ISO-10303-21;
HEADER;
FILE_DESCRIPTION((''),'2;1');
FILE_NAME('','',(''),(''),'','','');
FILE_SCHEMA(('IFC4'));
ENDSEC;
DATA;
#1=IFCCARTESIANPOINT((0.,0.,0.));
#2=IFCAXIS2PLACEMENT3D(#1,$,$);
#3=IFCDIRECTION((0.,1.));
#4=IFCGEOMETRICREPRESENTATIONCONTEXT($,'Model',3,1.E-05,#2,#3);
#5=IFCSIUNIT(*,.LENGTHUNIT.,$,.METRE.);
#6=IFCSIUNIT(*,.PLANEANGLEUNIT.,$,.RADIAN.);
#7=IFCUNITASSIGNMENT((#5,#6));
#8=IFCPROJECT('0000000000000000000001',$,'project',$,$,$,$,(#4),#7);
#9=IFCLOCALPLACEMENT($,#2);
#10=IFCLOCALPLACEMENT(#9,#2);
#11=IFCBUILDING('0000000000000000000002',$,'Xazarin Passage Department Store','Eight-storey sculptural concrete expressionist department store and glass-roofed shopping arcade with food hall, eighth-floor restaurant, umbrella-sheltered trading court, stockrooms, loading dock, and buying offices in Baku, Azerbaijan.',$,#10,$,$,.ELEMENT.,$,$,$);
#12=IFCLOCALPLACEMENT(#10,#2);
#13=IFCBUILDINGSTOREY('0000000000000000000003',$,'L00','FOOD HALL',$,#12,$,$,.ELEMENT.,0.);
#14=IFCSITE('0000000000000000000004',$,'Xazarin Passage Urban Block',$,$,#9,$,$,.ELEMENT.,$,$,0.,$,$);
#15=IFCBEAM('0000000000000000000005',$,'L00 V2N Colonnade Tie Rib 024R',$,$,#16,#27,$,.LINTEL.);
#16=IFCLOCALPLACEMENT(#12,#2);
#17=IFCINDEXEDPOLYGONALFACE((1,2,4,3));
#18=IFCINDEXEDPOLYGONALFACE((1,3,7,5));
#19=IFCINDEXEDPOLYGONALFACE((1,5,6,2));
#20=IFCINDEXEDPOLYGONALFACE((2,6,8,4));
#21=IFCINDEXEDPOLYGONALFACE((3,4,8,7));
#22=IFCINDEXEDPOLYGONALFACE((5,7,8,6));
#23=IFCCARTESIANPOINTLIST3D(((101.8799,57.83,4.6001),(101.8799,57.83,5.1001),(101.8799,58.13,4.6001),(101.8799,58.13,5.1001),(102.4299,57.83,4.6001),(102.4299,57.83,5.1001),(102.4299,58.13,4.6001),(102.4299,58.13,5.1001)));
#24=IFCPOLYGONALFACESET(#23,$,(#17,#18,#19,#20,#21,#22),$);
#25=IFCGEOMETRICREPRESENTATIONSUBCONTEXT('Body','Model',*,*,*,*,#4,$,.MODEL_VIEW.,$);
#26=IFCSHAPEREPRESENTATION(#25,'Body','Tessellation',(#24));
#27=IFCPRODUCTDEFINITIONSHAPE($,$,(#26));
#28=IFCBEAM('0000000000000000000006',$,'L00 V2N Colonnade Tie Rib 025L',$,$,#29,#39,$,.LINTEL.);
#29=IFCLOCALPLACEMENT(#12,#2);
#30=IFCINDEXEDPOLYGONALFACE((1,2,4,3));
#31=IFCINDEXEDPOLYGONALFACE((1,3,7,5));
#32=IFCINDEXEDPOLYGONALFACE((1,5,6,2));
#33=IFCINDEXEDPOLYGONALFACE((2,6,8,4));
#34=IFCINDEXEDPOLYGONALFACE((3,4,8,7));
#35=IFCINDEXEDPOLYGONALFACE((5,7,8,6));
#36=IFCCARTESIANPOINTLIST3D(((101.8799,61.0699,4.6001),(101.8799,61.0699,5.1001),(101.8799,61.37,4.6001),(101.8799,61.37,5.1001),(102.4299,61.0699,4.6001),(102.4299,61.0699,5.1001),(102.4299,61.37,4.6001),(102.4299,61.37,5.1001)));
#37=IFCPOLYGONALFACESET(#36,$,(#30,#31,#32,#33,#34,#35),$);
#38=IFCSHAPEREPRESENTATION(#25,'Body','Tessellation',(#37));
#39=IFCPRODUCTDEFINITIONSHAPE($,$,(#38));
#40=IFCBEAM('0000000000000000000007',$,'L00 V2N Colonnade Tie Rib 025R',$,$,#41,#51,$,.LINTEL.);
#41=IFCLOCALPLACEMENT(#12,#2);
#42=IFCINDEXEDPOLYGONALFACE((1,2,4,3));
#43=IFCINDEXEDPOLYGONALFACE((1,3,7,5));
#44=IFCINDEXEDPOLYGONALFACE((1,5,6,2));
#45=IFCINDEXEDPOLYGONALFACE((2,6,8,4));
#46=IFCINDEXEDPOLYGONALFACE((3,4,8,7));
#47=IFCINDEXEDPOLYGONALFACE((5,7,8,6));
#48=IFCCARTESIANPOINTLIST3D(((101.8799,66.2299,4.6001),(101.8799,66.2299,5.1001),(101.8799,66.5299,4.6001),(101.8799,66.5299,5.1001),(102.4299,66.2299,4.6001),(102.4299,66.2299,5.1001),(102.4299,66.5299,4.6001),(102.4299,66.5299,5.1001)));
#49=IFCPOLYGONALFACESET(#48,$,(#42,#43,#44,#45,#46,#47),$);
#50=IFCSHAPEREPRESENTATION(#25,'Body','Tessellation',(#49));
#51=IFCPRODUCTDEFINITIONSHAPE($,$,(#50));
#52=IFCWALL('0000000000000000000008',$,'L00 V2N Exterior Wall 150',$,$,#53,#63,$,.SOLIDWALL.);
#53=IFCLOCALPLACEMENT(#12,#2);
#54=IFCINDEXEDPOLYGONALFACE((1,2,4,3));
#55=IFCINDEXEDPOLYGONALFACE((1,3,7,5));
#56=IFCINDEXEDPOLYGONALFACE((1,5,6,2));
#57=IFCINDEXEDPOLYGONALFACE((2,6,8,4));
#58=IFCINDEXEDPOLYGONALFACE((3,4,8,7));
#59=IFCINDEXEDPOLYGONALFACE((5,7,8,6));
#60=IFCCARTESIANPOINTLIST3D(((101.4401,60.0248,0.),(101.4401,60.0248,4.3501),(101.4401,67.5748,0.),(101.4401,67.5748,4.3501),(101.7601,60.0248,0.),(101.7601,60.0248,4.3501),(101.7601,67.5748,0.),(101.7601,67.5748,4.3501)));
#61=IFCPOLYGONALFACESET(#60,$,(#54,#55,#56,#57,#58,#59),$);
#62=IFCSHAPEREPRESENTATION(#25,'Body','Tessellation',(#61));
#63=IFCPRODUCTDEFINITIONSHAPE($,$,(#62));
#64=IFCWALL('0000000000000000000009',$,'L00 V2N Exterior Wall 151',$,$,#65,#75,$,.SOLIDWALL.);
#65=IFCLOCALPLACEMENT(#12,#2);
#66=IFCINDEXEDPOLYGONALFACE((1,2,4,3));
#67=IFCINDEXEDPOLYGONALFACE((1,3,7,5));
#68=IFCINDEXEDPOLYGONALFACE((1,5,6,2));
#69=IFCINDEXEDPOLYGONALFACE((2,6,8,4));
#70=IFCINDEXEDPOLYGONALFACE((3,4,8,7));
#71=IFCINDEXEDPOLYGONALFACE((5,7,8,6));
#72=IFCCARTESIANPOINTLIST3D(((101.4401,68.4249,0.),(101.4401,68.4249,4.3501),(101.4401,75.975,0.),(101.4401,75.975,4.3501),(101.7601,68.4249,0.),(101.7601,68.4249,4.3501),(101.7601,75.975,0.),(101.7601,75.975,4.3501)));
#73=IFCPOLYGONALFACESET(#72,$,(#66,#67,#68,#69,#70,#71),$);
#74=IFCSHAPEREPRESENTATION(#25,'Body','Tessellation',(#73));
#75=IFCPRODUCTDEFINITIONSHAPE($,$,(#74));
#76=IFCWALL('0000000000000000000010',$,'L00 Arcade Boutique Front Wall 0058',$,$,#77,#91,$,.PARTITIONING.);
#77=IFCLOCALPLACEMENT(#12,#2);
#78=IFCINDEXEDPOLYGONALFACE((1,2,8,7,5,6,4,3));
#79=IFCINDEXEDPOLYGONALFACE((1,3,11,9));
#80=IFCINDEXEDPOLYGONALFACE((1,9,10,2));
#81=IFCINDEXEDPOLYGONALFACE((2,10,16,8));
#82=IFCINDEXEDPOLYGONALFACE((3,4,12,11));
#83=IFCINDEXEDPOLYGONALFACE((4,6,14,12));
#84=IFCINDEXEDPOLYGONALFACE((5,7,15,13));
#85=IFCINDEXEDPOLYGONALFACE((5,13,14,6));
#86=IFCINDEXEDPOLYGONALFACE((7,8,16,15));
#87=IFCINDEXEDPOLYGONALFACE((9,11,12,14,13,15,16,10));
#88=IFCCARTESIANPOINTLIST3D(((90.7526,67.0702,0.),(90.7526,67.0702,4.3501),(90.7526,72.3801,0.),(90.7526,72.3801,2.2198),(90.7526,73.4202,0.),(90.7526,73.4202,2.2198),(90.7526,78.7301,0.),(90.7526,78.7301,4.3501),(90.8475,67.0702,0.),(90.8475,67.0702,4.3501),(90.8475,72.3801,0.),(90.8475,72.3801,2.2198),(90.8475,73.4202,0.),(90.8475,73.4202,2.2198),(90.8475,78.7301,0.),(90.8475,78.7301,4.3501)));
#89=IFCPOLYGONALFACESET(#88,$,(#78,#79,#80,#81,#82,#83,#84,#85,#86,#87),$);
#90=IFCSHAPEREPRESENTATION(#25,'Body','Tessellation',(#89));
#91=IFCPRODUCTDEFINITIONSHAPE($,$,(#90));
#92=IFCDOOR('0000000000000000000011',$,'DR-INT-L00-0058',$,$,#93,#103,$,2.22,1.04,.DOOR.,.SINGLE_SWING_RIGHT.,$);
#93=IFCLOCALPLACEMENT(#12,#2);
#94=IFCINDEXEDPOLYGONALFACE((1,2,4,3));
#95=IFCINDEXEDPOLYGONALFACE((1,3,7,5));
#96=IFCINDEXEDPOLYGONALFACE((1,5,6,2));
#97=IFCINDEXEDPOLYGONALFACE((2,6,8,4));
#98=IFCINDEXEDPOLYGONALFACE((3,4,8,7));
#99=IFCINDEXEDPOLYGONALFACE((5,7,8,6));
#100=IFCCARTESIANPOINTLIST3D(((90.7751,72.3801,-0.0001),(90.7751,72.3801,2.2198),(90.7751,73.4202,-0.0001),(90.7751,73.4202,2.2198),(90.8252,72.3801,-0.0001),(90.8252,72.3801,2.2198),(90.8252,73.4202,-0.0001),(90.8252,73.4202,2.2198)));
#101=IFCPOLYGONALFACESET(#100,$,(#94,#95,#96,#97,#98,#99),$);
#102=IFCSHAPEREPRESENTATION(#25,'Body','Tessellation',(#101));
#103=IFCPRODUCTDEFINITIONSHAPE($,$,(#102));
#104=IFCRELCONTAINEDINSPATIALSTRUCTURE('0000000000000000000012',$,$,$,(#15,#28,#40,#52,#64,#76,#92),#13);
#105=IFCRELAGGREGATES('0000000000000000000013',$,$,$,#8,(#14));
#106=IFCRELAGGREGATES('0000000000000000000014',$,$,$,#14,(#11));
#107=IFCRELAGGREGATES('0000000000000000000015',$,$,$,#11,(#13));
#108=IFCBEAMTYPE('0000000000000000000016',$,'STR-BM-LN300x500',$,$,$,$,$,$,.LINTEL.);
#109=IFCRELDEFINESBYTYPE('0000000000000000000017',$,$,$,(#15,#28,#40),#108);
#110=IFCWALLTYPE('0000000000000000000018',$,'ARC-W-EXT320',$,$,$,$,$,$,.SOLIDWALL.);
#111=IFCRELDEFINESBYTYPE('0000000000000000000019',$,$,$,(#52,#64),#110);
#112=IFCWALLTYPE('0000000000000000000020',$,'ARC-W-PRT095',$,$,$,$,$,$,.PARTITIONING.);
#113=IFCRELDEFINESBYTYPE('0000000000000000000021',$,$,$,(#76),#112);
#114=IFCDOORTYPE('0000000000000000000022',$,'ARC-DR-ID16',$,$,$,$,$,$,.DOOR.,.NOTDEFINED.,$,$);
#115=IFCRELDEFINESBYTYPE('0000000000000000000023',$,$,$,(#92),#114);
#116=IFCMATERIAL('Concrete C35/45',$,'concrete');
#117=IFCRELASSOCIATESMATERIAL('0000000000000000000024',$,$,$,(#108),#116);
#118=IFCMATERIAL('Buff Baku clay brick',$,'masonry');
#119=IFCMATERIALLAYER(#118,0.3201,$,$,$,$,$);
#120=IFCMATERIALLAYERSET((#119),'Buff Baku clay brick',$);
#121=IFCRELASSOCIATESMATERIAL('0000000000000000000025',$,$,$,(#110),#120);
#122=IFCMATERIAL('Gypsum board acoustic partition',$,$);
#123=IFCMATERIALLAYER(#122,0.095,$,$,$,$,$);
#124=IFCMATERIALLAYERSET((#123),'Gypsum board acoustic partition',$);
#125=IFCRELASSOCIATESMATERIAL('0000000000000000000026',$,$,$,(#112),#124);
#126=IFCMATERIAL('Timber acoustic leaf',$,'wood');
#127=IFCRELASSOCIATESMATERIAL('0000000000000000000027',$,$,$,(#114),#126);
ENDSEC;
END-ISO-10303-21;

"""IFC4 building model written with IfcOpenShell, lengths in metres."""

from ifc_helpers import new_model, si_unit, direction, frame, frame_2d, origin, origin_2d, place, context, subcontext, project, spatial, rectangle, extrude, material, layer, layer_set, material_profile, profile_set, type_object, element, fill, save


model = new_model("IFC4")

# Units and contexts
model_context = context("Model", 3, precision=1e-05, world=origin(), true_north=direction((0.0, 1.0)))
body_context = subcontext(model_context, "Body", "Model", "MODEL_VIEW")
ifc_project = project(units=[si_unit("LENGTHUNIT", "METRE"), si_unit("PLANEANGLEUNIT", "RADIAN")], contexts=[model_context])

# Site, building, storey
site_placement = place(None, origin())
site = spatial("IfcSite", under=ifc_project, at=site_placement, Name="Xazarin Passage Urban Block", CompositionType="ELEMENT", RefElevation=0.0)
building_placement = place(site_placement, origin())
building = spatial("IfcBuilding", under=site, at=building_placement, Name="Xazarin Passage Department Store", Description="Eight-storey sculptural concrete expressionist department store and glass-roofed shopping arcade with food hall, eighth-floor restaurant, umbrella-sheltered trading court, stockrooms, loading dock, and buying offices in Baku, Azerbaijan.", CompositionType="ELEMENT")
storey_placement = place(building_placement, origin())
storey = spatial("IfcBuildingStorey", under=building, at=storey_placement, Name="L00", Description="FOOD HALL", CompositionType="ELEMENT", Elevation=0.0)

# Shared definitions
ifc_material_1 = material(Name="Concrete C35/45", Category="concrete")

# Beams
ifc_material_profile_1 = material_profile(ifc_material_1, rectangle(XDim=0.3, YDim=0.5, at=origin_2d()), Name="RC 300x500")
ifc_profile_set_1 = profile_set([ifc_material_profile_1], Name="Concrete C35/45")
beam_type = type_object("IfcBeamType", Name="STR-BM-LN300x500", PredefinedType="LINTEL", material=ifc_profile_set_1)
for number, where, z_axis, x_axis, name in (
    (1, (101.8799, 57.98, 4.8501), (1.0, 0.0, 0.0), (0.0, 1.0, 0.0), "L00 V2N Colonnade Tie Rib 024R"),
    (2, (101.8799, 61.22, 4.8501), (1.0, 0.0, 0.0), (0.0, 1.0, 0.0), "L00 V2N Colonnade Tie Rib 025L"),
    (3, (101.8799, 66.3799, 4.8501), (1.0, 0.0, 0.0), (0.0, 1.0, 0.0), "L00 V2N Colonnade Tie Rib 025R"),
):
    element("IfcBeam", number, at=place(storey_placement, frame(where, z_axis=z_axis, x_axis=x_axis)), inside=storey, type_object=beam_type, Name=name, PredefinedType="LINTEL", context=body_context, shape_type="SweptSolid", body=[
        extrude(rectangle(XDim=0.3, YDim=0.5, at=origin_2d()), origin(), (0.0, 0.0, 1.0), 0.55),
    ])

# Walls
ifc_material_2 = material(Name="Buff Baku clay brick", Category="masonry")
ifc_layer_1 = layer(ifc_material_2, 0.3201)
ifc_layer_set_1 = layer_set([ifc_layer_1], Name="Buff Baku clay brick")
wall_type_1 = type_object("IfcWallType", Name="ARC-W-EXT320", PredefinedType="SOLIDWALL", material=ifc_layer_set_1)
for number, where, z_axis, x_axis, name in (
    (4, (101.6001, 60.0249, 0.0), (0.0, 0.0, 1.0), (0.0, 1.0, 0.0), "L00 V2N Exterior Wall 150"),
    (5, (101.6001, 68.425, 0.0), (0.0, 0.0, 1.0), (0.0, 1.0, 0.0), "L00 V2N Exterior Wall 151"),
):
    element("IfcWall", number, at=place(storey_placement, frame(where, z_axis=z_axis, x_axis=x_axis)), inside=storey, type_object=wall_type_1, Name=name, PredefinedType="SOLIDWALL", context=body_context, shape_type="SweptSolid", body=[
        extrude(rectangle(XDim=7.55, YDim=0.3201, at=frame_2d((3.7749, 0.0))), origin(), (0.0, 0.0, 1.0), 4.3501),
    ])

# Wall, opening, door
ifc_material_3 = material(Name="Gypsum board acoustic partition")
ifc_layer_2 = layer(ifc_material_3, 0.095)
ifc_layer_set_2 = layer_set([ifc_layer_2], Name="Gypsum board acoustic partition")
wall_type_2 = type_object("IfcWallType", Name="ARC-W-PRT095", PredefinedType="PARTITIONING", material=ifc_layer_set_2)
wall_placement = place(storey_placement, frame((90.8, 67.0701, 0.0), z_axis=(0.0, 0.0, 1.0), x_axis=(0.0, 1.0, 0.0)))
wall = element("IfcWall", 6, at=wall_placement, inside=storey, type_object=wall_type_2, Name="L00 Arcade Boutique Front Wall 0058", PredefinedType="PARTITIONING", context=body_context, shape_type="SweptSolid", body=[
    extrude(rectangle(XDim=11.6599, YDim=0.095, at=frame_2d((5.8301, 0.0))), origin(), (0.0, 0.0, 1.0), 4.3501),
])
opening_placement = place(wall_placement, frame((5.3101, 0.0, 0.0)))
opening = element("IfcOpeningElement", 7, at=opening_placement, cuts=wall, PredefinedType="OPENING", context=body_context, shape_type="SweptSolid", body=[
    extrude(rectangle(XDim=1.04, YDim=2.22, at=frame_2d((0.52, 1.1099))), frame((0.0, 0.0574, 0.0), z_axis=(0.0, -1.0, 0.0), x_axis=(1.0, 0.0, 0.0)), (0.0, 0.0, 1.0), 0.115),
])
ifc_material_4 = material(Name="Timber acoustic leaf", Category="wood")
door_type = type_object("IfcDoorType", Name="ARC-DR-ID16", OperationType="NOTDEFINED", PredefinedType="DOOR", material=ifc_material_4)
door_placement = place(opening_placement, origin())
door = element("IfcDoor", 8, at=door_placement, inside=storey, type_object=door_type, Name="DR-INT-L00-0058", OperationType="SINGLE_SWING_RIGHT", OverallHeight=2.22, OverallWidth=1.04, PredefinedType="DOOR", context=body_context, shape_type="SweptSolid", body=[
    extrude(rectangle(XDim=1.04, YDim=2.22, at=frame_2d((0.52, 1.1099))), frame((0.0, 0.0249, 0.0), z_axis=(0.0, -1.0, 0.0), x_axis=(1.0, 0.0, 0.0)), (0.0, 0.0, 1.0), 0.05),
])
fill(opening, door)

save(model, "model.ifc")
